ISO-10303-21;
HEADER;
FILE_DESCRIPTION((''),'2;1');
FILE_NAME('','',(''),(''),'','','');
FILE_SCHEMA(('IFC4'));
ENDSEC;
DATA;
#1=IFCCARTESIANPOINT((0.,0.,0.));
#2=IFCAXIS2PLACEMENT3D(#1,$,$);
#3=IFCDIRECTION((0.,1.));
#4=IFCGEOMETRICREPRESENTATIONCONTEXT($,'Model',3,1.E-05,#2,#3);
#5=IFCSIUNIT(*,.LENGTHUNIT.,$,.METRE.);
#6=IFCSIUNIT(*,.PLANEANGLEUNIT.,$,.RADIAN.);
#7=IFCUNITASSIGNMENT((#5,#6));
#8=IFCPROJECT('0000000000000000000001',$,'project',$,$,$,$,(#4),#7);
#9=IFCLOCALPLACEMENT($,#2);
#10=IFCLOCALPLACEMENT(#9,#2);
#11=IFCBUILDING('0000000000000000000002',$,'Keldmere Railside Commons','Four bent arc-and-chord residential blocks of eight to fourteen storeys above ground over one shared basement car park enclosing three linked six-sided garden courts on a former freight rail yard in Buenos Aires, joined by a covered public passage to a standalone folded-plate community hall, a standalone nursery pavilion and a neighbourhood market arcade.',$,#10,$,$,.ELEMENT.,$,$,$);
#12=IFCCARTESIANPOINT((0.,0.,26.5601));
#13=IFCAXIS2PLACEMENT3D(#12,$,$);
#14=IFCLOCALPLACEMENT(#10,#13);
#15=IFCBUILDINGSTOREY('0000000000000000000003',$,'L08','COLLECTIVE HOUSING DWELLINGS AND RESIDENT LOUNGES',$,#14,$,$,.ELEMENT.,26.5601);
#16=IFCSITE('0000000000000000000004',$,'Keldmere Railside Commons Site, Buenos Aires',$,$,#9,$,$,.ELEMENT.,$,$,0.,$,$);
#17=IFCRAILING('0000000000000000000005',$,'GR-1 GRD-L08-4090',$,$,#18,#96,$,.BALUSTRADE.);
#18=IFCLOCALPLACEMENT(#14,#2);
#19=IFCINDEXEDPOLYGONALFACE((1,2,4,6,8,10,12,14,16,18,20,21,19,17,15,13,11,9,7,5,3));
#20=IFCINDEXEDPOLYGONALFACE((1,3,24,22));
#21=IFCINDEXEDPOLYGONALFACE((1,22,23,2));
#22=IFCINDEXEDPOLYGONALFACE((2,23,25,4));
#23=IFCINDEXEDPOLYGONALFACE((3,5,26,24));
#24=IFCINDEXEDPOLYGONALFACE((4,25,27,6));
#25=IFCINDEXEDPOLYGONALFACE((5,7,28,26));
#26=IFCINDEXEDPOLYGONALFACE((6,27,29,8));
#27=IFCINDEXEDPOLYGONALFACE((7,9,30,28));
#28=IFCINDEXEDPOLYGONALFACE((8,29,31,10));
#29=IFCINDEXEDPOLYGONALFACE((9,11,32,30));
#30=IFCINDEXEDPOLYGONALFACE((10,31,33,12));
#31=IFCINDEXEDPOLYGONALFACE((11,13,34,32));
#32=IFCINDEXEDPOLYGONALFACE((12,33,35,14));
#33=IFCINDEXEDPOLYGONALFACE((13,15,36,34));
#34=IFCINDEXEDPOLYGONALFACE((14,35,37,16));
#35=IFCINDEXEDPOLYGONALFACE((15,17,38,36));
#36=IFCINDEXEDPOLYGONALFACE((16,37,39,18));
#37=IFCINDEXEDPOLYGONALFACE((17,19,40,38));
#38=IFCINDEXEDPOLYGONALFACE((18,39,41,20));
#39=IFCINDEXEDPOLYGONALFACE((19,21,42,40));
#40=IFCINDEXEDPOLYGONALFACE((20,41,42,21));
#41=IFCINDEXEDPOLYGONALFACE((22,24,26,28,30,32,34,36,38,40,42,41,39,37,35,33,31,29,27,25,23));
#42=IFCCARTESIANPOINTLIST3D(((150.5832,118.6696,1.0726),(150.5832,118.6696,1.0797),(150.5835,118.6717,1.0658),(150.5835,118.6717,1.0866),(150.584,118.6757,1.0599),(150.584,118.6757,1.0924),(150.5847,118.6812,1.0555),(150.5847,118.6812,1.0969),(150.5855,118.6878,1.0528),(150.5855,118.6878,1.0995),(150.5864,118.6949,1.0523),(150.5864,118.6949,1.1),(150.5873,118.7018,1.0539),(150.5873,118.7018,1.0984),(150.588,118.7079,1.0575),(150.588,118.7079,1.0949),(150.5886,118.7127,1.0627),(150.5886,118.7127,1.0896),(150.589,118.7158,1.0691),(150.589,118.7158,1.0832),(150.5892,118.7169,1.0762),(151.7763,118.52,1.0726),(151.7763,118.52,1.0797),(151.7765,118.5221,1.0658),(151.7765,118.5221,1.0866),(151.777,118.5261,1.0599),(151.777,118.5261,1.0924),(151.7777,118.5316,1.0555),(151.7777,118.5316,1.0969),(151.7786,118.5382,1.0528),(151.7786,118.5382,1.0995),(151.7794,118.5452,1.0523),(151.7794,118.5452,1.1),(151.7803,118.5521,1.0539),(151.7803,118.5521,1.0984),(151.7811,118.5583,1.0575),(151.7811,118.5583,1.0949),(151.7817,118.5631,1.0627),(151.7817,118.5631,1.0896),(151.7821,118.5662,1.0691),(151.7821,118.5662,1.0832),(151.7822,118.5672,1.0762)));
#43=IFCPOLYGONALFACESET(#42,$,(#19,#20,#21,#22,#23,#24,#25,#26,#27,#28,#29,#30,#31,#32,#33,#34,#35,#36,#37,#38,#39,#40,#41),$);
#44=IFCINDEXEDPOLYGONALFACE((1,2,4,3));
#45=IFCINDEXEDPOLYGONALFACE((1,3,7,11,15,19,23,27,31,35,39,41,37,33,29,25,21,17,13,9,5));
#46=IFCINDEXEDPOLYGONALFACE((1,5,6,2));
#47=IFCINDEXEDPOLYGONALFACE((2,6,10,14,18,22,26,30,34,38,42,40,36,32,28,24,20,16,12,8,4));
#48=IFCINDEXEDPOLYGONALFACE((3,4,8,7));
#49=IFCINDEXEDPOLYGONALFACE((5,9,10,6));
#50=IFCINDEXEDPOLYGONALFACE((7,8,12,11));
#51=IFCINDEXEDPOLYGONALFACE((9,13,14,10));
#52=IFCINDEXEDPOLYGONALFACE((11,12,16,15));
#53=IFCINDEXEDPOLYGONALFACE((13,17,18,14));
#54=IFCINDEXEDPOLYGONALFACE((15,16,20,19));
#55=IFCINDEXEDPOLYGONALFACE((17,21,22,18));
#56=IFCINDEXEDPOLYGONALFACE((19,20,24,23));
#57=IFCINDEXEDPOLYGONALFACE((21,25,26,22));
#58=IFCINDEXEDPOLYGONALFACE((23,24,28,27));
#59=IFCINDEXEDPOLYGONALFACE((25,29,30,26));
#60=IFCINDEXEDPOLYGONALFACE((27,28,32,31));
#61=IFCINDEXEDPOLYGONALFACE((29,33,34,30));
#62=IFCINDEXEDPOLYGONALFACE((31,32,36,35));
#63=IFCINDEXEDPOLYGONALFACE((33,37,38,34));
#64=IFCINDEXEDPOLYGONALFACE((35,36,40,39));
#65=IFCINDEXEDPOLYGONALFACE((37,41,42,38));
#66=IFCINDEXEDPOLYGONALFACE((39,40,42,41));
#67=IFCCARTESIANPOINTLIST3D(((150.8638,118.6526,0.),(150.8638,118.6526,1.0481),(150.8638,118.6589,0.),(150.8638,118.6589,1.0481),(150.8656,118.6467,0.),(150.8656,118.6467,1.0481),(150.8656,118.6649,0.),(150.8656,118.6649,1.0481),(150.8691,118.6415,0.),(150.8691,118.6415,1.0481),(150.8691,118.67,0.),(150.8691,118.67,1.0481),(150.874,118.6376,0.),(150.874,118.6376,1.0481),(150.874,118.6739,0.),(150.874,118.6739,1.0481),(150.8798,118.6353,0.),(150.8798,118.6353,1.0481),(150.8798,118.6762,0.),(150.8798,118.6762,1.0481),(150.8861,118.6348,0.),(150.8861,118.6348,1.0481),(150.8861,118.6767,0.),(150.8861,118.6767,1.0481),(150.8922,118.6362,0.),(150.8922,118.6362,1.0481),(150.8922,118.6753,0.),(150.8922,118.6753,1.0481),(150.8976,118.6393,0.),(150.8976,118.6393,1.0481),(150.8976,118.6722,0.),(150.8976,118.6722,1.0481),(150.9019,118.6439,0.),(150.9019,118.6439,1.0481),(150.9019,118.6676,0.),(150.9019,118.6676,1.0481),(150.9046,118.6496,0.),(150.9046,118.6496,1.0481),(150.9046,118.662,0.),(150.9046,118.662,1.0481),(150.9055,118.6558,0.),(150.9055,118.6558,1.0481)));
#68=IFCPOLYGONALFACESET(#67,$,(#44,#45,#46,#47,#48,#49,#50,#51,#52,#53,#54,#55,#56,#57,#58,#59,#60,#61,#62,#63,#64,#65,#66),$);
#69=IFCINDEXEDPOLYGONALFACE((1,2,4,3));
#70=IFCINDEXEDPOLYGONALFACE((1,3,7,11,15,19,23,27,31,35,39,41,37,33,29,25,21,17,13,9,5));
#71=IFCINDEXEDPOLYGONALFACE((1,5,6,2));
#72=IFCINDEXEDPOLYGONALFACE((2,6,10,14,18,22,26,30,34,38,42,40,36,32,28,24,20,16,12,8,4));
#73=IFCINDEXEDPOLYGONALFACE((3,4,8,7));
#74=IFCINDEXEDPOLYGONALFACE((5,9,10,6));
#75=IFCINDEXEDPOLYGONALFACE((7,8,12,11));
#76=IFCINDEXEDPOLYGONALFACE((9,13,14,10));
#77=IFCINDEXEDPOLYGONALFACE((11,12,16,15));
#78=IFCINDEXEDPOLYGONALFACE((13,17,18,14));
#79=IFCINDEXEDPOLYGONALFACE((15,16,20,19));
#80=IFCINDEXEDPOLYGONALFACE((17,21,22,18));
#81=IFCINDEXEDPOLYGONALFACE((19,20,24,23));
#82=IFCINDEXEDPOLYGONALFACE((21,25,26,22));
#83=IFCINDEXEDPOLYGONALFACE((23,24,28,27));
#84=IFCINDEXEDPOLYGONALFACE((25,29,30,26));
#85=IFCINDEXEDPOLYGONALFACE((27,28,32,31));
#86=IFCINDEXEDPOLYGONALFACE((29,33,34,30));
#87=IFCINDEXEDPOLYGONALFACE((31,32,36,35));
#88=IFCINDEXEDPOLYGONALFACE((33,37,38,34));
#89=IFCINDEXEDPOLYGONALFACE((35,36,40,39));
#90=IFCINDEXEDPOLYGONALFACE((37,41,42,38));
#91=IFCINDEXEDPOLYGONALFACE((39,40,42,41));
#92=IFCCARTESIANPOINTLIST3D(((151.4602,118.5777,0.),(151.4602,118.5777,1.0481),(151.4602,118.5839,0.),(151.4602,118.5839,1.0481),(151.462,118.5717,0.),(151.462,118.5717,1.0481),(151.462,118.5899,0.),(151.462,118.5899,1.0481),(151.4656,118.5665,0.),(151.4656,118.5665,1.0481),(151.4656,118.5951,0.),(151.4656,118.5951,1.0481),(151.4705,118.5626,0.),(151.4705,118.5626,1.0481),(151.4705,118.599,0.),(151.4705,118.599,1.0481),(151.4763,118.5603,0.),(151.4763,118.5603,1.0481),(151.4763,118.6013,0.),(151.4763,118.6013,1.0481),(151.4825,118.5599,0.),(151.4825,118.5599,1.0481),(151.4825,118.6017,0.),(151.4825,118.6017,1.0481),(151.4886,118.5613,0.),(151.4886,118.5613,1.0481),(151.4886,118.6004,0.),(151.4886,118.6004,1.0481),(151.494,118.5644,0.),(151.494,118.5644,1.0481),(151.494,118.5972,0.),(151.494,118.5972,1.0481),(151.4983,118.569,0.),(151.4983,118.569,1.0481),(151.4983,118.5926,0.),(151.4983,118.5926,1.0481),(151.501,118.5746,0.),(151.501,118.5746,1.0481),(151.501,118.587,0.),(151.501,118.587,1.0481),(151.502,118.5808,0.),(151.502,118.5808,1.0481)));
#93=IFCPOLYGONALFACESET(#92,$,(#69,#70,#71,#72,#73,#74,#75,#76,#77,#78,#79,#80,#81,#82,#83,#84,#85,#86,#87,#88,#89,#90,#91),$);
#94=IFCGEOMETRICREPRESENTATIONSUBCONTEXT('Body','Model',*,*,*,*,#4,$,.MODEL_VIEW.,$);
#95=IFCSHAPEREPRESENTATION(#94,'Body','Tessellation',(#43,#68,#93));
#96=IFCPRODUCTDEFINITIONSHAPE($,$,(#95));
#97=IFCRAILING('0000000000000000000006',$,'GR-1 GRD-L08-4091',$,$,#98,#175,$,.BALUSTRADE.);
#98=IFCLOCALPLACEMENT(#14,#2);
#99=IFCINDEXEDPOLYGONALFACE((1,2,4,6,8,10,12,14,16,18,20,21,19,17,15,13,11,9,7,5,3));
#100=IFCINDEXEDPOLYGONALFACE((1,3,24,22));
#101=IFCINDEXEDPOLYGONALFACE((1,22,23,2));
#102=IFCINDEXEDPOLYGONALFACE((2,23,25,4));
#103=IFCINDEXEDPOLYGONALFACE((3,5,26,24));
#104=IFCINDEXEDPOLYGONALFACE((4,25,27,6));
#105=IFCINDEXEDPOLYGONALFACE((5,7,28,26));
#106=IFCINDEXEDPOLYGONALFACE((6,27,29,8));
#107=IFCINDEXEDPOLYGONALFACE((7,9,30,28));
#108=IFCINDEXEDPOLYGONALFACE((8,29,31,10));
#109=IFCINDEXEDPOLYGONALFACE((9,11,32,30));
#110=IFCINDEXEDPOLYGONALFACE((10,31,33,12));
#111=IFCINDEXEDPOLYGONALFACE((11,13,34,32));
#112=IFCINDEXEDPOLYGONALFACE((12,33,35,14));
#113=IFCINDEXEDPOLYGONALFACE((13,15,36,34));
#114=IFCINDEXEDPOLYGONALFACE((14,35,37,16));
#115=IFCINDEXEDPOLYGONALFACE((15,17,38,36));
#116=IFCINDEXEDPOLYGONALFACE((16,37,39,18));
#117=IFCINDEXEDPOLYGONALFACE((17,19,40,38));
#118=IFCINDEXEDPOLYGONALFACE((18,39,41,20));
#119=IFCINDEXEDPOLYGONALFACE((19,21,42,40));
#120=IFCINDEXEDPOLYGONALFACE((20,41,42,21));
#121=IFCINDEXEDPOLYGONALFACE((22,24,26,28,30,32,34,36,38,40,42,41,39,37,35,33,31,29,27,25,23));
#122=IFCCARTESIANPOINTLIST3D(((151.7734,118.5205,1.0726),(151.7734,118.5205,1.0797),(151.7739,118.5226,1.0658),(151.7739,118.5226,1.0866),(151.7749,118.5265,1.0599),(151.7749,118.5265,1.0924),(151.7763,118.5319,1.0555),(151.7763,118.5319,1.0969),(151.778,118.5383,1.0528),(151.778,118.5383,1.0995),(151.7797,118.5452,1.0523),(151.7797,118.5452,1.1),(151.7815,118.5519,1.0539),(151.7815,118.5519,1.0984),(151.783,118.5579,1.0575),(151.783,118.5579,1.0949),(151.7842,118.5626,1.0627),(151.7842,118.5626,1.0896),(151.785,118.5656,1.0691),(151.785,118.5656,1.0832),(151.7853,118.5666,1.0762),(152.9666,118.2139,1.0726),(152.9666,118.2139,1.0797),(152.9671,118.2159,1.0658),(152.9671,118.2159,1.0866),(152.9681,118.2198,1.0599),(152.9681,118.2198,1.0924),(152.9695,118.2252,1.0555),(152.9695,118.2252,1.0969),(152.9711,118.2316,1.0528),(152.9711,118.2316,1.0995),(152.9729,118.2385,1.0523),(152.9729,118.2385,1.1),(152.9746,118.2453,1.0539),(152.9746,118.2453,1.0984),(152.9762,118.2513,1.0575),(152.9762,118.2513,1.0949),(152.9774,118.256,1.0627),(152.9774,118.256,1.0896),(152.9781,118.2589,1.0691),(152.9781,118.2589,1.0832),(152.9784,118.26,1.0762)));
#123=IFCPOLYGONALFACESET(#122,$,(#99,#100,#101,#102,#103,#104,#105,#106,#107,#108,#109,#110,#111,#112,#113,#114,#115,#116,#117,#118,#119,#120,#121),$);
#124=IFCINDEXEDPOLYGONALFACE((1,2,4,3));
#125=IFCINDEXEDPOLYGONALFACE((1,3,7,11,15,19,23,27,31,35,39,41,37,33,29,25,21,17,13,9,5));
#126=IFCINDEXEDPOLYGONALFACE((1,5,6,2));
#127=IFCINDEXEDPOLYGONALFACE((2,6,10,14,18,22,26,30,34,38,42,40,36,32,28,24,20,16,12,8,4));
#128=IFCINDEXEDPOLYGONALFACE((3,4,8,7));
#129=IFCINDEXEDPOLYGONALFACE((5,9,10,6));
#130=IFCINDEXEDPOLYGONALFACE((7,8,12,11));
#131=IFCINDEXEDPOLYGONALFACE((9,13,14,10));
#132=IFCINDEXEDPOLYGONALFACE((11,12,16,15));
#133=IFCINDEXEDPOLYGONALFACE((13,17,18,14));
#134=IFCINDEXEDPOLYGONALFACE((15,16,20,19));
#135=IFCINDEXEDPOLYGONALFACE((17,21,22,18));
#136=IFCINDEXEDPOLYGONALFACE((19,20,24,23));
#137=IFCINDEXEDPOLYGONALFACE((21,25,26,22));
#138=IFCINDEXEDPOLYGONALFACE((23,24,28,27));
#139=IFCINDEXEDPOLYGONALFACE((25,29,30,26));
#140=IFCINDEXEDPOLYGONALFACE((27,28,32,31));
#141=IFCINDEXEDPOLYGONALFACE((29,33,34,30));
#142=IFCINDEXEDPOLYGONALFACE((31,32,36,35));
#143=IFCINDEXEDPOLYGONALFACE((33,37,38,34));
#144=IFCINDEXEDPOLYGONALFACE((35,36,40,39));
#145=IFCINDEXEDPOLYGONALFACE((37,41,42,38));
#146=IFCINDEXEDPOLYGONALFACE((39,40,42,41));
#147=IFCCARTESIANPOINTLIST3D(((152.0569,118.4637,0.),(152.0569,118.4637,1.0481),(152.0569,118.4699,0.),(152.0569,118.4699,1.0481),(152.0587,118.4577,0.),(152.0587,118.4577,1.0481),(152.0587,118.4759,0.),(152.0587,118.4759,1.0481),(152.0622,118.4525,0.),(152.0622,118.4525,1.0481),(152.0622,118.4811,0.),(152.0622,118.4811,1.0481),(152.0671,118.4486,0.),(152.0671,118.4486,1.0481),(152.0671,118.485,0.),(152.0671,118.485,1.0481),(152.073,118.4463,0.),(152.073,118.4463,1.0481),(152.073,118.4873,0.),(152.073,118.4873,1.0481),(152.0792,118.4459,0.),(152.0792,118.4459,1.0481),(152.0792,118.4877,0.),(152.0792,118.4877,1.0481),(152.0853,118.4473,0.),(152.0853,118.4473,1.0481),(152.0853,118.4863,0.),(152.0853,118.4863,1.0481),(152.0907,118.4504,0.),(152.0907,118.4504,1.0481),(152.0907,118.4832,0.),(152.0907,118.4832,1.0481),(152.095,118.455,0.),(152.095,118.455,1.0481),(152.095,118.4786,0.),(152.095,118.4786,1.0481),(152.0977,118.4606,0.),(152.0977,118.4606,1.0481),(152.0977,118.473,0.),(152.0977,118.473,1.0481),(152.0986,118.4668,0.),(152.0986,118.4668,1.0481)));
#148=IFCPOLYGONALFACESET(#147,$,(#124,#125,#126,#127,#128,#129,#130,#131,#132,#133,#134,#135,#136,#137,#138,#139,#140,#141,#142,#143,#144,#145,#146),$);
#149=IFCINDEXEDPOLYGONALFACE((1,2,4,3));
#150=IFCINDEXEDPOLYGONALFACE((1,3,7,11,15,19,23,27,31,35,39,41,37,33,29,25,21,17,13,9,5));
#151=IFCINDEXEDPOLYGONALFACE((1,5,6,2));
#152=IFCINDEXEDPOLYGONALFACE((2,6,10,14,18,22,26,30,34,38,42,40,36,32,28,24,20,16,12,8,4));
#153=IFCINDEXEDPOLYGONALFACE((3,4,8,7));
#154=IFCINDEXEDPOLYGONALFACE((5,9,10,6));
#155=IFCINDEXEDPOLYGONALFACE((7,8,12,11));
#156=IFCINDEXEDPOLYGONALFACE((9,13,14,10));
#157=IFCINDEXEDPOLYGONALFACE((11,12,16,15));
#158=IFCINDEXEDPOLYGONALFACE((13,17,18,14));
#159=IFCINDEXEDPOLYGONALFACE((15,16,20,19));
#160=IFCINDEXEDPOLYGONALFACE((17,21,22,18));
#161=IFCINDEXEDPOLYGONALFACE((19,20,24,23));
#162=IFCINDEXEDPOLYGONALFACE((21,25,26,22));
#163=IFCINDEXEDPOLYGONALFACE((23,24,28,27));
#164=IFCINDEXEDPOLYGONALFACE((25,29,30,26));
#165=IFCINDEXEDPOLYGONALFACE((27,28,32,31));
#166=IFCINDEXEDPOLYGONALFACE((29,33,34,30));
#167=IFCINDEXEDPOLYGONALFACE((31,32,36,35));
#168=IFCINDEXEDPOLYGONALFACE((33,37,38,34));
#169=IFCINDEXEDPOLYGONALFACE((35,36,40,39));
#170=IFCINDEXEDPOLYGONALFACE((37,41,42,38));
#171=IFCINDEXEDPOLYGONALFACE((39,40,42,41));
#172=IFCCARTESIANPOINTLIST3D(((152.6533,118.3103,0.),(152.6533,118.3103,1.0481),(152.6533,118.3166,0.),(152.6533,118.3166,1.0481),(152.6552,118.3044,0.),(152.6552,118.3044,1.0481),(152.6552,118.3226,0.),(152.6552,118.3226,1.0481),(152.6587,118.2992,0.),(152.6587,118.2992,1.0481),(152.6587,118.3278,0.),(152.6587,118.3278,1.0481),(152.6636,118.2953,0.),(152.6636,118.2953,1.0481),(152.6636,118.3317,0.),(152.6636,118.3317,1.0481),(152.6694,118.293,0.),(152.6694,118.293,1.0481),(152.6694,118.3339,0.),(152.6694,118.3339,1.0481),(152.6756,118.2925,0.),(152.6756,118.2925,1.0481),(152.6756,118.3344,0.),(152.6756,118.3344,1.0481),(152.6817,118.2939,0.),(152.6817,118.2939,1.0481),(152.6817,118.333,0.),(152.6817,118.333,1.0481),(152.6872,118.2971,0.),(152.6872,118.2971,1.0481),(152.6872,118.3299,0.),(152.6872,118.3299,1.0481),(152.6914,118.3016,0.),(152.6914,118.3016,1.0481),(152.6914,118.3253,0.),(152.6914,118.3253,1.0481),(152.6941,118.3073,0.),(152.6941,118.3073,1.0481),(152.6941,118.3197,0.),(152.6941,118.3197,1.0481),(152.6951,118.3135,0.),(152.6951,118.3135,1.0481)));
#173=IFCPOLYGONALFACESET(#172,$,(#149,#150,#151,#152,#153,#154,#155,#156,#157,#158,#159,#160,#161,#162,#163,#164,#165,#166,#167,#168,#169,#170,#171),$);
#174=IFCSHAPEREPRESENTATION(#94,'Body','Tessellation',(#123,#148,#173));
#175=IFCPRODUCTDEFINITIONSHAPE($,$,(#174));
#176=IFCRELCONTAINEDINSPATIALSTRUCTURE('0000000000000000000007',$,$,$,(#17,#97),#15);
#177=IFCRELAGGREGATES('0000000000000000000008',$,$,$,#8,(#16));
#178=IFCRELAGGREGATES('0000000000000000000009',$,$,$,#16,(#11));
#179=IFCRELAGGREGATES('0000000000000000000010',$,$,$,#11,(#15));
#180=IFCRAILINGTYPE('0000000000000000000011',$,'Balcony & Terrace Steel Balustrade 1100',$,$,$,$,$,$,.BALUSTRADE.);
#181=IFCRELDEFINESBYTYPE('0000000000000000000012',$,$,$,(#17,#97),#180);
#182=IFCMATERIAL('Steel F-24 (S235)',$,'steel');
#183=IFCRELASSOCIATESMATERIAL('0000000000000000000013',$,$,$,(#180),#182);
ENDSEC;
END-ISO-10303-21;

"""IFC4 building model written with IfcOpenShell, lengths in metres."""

from ifc_helpers import new_model, si_unit, direction, frame, origin, origin_2d, place, context, subcontext, project, spatial, circle, extrude, material, type_object, element, save


model = new_model("IFC4")

# Units and contexts
model_context = context("Model", 3, precision=1e-05, world=origin(), true_north=direction((0.0, 1.0)))
body_context = subcontext(model_context, "Body", "Model", "MODEL_VIEW")
ifc_project = project(units=[si_unit("LENGTHUNIT", "METRE"), si_unit("PLANEANGLEUNIT", "RADIAN")], contexts=[model_context])

# Site, building, storey
site_placement = place(None, origin())
site = spatial("IfcSite", under=ifc_project, at=site_placement, Name="Keldmere Railside Commons Site, Buenos Aires", CompositionType="ELEMENT", RefElevation=0.0)
building_placement = place(site_placement, origin())
building = spatial("IfcBuilding", under=site, at=building_placement, Name="Keldmere Railside Commons", Description="Four bent arc-and-chord residential blocks of eight to fourteen storeys above ground over one shared basement car park enclosing three linked six-sided garden courts on a former freight rail yard in Buenos Aires, joined by a covered public passage to a standalone folded-plate community hall, a standalone nursery pavilion and a neighbourhood market arcade.", CompositionType="ELEMENT")
storey_placement = place(building_placement, frame((0.0, 0.0, 26.5601)))
storey = spatial("IfcBuildingStorey", under=building, at=storey_placement, Name="L08", Description="COLLECTIVE HOUSING DWELLINGS AND RESIDENT LOUNGES", CompositionType="ELEMENT", Elevation=26.5601)

# Railings
ifc_material_1 = material(Name="Steel F-24 (S235)", Category="steel")
railing_type = type_object("IfcRailingType", Name="Balcony & Terrace Steel Balustrade 1100", PredefinedType="BALUSTRADE", material=ifc_material_1)
railing_1_placement = place(storey_placement, frame((150.5862, 118.6931, 0.0)))
element("IfcRailing", 1, at=railing_1_placement, inside=storey, type_object=railing_type, Name="GR-1 GRD-L08-4090", PredefinedType="BALUSTRADE", context=body_context, shape_type="SweptSolid", body=[
    extrude(circle(Radius=0.0239, at=origin_2d()), frame((0.0, 0.0, 1.0762), z_axis=(0.992225, -0.12446, 0.0), x_axis=(0.12446, 0.992225, 0.0)), (0.0, 0.0, 1.0), 1.2024),
    extrude(circle(Radius=0.021, at=origin_2d()), frame((0.2983, -0.0374, 0.0)), (0.0, 0.0, 1.0), 1.0481),
    extrude(circle(Radius=0.021, at=origin_2d()), frame((0.8948, -0.1123, 0.0)), (0.0, 0.0, 1.0), 1.0481),
])
railing_2_placement = place(storey_placement, frame((151.7793, 118.5435, 0.0)))
element("IfcRailing", 2, at=railing_2_placement, inside=storey, type_object=railing_type, Name="GR-1 GRD-L08-4091", PredefinedType="BALUSTRADE", context=body_context, shape_type="SweptSolid", body=[
    extrude(circle(Radius=0.0239, at=origin_2d()), frame((0.0, 0.0, 1.0762), z_axis=(0.968524, -0.248919, 0.0), x_axis=(0.248919, 0.968524, 0.0)), (0.0, 0.0, 1.0), 1.2319),
    extrude(circle(Radius=0.021, at=origin_2d()), frame((0.2983, -0.0767, 0.0)), (0.0, 0.0, 1.0), 1.0481),
    extrude(circle(Radius=0.021, at=origin_2d()), frame((0.8948, -0.23, 0.0)), (0.0, 0.0, 1.0), 1.0481),
])

save(model, "model.ifc")
